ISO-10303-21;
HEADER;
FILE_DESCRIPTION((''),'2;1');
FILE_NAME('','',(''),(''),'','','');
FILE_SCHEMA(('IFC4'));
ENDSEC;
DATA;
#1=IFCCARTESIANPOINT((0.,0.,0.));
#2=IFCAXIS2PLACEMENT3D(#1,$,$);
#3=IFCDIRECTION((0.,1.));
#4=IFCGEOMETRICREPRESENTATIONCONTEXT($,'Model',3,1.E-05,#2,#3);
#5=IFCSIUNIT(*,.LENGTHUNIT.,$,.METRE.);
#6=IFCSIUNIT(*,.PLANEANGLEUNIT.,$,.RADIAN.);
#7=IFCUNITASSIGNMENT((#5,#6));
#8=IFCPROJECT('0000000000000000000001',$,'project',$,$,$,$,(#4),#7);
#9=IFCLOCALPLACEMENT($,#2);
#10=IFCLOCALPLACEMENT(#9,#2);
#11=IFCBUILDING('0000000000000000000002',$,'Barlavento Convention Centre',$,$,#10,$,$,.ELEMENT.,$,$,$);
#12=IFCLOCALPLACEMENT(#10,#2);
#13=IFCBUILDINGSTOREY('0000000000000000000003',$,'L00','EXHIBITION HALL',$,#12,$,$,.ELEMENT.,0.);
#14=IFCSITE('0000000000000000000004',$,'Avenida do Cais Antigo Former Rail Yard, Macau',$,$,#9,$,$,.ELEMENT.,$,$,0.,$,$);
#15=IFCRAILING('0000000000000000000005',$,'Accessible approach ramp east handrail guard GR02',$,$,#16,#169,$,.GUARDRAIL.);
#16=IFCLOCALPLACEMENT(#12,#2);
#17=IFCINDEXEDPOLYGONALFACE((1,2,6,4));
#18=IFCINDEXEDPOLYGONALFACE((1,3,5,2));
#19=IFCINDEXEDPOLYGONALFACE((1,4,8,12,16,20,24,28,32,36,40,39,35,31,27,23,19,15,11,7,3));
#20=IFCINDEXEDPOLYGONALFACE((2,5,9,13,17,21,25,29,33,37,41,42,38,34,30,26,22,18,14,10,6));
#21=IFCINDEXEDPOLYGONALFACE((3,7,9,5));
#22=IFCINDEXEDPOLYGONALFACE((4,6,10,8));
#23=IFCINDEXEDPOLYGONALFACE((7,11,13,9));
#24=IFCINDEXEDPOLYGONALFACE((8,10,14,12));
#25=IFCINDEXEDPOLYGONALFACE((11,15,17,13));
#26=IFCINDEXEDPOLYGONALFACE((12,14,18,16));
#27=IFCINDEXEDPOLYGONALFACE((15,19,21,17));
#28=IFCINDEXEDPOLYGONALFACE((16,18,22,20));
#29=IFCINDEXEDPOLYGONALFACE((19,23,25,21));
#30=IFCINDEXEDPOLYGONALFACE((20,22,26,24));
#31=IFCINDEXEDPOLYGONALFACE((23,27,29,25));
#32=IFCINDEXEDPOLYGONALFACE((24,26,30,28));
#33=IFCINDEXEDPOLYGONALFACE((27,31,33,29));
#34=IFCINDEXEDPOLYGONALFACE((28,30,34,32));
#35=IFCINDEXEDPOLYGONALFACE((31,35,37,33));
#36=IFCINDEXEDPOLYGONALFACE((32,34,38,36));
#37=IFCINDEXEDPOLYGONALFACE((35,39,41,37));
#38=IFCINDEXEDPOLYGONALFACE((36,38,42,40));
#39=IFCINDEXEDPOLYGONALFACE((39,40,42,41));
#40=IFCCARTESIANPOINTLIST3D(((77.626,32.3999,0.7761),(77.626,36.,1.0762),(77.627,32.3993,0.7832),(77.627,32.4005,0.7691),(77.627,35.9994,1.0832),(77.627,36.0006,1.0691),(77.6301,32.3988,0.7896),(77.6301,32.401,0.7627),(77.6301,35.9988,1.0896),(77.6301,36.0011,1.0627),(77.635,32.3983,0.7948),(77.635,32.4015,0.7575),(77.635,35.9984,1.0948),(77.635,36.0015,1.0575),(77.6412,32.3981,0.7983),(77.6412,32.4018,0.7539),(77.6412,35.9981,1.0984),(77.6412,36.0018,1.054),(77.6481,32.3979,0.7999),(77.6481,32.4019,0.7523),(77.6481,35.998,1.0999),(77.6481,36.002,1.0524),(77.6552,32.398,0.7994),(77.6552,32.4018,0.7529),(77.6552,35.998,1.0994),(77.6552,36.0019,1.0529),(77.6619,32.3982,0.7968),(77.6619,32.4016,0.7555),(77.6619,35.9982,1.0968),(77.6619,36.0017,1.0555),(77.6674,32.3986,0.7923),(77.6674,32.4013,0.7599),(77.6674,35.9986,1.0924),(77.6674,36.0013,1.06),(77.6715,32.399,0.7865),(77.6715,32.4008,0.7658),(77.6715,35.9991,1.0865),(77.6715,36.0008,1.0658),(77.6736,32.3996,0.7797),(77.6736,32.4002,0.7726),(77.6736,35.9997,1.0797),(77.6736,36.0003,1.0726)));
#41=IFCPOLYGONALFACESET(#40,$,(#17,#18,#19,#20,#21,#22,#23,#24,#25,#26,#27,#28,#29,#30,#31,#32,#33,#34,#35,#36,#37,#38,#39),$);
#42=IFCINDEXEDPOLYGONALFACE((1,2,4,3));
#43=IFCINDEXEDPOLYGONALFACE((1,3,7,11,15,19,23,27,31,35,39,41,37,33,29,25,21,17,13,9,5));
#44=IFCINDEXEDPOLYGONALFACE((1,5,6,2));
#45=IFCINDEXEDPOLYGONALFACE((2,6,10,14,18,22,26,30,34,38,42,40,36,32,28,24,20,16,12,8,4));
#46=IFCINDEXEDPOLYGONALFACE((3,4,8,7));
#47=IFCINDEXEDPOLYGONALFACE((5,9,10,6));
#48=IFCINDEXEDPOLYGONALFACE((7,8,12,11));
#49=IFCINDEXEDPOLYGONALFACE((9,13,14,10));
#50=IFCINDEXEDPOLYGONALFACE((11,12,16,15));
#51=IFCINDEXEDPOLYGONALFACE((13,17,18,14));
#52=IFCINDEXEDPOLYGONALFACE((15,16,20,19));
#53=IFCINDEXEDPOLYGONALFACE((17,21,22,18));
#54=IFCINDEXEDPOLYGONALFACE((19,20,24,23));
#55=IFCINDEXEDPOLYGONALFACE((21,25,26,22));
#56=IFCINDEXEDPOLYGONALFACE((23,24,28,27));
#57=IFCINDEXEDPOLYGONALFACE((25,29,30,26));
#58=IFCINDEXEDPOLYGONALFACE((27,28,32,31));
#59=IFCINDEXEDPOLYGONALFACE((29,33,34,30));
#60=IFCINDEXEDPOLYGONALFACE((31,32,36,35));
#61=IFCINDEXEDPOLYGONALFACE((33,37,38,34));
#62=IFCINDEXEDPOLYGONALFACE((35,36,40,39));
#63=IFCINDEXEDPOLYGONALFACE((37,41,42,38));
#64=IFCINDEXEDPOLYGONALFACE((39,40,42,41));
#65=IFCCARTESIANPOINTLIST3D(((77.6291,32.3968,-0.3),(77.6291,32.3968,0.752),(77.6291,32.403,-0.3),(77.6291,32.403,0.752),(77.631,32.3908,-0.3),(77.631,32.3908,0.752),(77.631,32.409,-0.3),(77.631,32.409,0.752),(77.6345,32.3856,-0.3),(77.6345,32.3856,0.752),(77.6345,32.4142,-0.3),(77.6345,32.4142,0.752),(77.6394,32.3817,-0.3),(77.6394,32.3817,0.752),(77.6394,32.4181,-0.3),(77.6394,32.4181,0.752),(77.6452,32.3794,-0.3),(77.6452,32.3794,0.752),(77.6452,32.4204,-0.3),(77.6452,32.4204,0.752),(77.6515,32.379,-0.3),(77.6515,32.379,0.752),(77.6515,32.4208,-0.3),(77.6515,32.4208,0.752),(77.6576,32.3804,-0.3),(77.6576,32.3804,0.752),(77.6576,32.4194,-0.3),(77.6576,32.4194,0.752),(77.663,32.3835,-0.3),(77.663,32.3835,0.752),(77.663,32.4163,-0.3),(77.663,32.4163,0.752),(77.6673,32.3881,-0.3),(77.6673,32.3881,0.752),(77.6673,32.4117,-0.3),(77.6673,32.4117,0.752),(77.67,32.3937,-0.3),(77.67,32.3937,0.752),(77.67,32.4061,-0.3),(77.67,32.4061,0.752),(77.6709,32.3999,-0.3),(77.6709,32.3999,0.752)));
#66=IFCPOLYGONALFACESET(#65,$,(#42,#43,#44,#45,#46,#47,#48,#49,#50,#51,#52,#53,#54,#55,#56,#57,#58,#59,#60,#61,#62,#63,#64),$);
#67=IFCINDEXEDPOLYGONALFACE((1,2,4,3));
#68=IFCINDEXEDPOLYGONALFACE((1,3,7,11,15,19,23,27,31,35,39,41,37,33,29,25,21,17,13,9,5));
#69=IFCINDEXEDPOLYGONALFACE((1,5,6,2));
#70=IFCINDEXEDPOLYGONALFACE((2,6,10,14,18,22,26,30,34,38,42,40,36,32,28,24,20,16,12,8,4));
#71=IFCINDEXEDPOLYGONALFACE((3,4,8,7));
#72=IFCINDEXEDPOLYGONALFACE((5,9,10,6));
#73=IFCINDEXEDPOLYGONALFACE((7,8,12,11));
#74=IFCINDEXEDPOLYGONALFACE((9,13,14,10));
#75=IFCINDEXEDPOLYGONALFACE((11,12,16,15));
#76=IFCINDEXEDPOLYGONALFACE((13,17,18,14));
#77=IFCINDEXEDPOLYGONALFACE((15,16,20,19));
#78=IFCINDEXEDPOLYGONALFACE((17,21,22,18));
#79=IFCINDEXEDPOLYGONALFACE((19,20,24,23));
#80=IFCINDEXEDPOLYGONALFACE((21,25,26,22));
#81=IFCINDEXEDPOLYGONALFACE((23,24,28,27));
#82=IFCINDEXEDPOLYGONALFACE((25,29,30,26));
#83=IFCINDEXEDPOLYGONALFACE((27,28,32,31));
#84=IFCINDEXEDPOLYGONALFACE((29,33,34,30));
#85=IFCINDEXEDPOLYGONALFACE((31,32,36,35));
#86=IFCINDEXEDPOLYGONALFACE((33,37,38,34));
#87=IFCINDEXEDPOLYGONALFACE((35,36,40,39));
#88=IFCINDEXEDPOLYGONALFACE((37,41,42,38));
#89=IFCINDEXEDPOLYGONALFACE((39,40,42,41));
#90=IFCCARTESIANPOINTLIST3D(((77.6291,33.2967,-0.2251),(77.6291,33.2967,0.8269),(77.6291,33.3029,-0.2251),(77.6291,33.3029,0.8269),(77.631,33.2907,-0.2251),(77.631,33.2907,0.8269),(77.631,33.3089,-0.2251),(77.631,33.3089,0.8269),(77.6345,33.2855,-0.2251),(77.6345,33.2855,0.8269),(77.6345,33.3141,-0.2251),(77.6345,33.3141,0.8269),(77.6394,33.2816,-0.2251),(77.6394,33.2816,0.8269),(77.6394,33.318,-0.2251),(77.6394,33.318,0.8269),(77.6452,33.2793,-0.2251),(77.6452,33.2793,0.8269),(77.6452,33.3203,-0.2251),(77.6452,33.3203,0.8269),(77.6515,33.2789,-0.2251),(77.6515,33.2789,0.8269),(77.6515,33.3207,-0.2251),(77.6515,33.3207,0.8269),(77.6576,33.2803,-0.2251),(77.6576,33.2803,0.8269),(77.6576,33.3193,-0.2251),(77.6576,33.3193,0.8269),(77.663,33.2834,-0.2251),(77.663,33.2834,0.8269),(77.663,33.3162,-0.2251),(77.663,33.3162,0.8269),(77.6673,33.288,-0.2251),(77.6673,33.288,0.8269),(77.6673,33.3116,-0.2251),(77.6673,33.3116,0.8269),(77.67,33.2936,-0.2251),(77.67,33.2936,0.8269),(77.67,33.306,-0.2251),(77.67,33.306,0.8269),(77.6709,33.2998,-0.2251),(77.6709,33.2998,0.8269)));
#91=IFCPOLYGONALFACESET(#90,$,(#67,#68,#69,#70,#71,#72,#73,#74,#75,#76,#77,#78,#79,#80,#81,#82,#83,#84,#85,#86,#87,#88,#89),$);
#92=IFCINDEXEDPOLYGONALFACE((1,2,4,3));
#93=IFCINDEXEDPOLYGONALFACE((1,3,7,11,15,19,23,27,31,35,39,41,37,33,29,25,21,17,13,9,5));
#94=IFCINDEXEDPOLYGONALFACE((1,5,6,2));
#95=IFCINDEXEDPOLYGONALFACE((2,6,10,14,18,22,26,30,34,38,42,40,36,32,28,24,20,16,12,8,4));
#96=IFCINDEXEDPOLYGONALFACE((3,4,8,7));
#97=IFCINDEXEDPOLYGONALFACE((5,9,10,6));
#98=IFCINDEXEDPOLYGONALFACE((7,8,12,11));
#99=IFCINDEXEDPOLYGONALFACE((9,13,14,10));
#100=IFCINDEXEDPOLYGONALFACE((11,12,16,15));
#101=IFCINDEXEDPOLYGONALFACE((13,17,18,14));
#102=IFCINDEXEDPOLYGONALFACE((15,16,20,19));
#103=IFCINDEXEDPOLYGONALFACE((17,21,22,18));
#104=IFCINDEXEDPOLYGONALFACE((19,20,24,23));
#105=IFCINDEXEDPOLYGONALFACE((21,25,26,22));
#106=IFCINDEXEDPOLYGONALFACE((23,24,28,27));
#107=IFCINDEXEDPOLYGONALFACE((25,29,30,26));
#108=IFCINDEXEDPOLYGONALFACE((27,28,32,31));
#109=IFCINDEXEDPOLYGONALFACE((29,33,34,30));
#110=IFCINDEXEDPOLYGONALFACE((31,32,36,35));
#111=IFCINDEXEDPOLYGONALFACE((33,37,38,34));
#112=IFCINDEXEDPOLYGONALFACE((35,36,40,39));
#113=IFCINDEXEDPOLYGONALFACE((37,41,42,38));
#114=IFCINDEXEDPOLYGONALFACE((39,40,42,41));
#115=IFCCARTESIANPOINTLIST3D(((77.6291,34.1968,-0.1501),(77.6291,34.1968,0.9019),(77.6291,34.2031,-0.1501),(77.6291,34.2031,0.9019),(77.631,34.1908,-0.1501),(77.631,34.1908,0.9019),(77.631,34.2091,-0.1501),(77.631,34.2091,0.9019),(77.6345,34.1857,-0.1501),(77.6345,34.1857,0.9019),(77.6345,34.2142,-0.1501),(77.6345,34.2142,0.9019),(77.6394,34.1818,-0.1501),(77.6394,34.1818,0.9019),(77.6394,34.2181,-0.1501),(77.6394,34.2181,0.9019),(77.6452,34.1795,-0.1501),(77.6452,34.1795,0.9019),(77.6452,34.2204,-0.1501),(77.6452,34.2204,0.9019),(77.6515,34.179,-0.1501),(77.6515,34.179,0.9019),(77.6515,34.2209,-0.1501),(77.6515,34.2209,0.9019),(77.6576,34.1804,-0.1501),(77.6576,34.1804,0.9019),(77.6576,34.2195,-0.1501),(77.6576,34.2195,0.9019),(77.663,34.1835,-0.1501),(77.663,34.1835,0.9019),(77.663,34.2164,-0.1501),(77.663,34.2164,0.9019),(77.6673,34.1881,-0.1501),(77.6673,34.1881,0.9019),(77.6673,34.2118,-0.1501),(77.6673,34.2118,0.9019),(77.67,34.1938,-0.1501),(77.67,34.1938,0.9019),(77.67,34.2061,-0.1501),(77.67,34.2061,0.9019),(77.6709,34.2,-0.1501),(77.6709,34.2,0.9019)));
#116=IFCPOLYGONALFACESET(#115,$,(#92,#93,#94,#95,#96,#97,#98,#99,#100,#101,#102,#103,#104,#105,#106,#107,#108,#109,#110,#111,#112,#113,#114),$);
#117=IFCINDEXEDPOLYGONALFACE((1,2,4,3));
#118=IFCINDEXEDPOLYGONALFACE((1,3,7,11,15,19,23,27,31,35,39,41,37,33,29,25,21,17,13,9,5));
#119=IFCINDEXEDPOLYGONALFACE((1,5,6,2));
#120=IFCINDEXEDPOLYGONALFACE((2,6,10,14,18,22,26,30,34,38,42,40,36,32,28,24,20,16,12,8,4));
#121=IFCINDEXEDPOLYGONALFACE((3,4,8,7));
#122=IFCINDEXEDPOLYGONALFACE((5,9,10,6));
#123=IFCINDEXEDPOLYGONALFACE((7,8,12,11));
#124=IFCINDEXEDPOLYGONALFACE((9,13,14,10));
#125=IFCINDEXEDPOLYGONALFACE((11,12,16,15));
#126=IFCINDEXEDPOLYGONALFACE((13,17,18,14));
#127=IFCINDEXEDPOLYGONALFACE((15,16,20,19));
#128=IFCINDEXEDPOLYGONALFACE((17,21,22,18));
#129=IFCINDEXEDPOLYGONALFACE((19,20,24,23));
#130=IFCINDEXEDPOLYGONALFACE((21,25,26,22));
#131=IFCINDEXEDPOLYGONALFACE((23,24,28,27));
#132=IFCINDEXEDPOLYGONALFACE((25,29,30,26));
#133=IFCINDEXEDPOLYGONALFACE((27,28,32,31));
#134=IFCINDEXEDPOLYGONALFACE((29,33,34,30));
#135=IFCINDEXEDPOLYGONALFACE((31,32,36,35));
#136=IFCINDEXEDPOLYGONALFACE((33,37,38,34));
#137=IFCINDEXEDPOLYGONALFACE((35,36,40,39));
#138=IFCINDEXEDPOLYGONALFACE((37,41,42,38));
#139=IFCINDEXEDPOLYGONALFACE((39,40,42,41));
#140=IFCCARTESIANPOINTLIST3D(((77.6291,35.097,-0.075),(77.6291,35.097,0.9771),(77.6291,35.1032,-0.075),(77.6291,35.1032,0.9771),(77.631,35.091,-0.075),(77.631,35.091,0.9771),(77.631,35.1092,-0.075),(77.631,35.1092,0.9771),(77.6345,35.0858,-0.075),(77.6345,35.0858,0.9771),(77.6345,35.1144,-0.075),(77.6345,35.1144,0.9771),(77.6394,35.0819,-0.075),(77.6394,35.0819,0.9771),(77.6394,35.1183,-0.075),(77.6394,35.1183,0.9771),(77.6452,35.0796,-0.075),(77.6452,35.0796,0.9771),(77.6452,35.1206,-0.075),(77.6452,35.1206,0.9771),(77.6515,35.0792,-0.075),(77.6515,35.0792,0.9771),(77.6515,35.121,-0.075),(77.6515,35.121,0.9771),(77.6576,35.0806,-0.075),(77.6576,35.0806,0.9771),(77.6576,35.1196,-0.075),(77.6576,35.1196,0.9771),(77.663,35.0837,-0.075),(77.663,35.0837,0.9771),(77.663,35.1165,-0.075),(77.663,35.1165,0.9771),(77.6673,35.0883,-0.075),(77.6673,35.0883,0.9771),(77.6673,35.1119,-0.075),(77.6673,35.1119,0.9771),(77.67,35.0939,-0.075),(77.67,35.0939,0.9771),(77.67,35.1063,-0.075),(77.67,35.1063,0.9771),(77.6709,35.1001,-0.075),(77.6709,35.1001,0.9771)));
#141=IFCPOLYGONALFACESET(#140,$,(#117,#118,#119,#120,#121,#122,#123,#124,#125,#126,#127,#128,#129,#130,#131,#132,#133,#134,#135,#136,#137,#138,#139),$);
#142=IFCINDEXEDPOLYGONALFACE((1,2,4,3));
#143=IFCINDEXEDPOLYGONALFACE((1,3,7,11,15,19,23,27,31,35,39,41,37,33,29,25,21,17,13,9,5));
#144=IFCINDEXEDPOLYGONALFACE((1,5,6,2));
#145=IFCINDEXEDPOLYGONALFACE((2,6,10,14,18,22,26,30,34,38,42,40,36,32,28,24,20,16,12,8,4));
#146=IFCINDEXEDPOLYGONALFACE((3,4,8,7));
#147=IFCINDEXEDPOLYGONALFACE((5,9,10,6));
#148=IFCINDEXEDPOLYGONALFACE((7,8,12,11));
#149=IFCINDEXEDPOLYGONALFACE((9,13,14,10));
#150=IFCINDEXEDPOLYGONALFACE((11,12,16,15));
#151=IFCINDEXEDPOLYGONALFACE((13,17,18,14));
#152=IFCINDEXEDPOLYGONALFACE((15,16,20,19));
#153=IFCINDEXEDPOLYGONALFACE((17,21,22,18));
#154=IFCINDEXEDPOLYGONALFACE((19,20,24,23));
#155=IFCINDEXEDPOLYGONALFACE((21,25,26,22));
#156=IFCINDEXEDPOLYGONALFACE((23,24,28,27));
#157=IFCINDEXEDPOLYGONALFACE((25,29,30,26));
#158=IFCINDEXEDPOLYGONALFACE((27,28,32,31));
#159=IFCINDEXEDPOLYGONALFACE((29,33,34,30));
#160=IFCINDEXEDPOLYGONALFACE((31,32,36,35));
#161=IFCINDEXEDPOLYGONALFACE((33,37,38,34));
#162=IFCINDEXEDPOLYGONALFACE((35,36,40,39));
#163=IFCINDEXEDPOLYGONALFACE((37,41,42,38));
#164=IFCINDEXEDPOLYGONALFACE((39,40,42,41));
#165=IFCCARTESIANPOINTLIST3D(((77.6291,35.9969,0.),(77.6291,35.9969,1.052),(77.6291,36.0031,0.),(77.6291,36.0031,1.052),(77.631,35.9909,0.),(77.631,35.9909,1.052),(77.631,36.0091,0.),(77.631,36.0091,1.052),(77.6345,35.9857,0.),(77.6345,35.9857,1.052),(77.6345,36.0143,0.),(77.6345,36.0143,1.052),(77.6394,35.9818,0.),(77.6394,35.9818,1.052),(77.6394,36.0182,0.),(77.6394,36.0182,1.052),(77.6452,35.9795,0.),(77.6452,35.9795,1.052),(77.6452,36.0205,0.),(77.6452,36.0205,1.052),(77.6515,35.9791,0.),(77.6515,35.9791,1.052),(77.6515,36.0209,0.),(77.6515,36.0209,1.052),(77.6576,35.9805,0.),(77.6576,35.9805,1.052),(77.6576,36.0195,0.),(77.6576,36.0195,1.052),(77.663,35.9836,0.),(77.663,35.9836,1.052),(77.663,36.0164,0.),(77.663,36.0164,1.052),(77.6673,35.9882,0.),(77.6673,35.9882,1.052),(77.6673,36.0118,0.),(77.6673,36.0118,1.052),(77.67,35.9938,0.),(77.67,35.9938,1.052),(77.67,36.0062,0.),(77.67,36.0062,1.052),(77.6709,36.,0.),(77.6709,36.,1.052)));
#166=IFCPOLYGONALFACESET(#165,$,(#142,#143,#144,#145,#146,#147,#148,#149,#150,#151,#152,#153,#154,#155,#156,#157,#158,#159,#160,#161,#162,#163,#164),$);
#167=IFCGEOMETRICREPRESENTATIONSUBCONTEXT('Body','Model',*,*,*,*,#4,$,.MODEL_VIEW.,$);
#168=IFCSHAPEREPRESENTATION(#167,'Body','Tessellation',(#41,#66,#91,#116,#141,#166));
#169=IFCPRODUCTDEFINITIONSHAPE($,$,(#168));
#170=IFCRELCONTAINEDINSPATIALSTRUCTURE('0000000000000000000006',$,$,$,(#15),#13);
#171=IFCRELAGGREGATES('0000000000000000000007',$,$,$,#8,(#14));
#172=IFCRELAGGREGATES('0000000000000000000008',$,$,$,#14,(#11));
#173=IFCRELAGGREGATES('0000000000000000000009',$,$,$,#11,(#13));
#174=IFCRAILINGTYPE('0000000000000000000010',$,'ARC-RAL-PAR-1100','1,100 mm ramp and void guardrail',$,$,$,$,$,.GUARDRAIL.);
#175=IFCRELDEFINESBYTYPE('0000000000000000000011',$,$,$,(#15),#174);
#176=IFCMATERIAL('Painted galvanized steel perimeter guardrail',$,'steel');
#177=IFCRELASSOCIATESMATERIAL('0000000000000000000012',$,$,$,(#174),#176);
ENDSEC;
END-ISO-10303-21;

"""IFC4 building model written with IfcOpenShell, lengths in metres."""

from ifc_helpers import new_model, si_unit, direction, frame, origin, origin_2d, place, context, subcontext, project, spatial, circle, extrude, material, type_object, element, save


model = new_model("IFC4")

# Units and contexts
model_context = context("Model", 3, precision=1e-05, world=origin(), true_north=direction((0.0, 1.0)))
body_context = subcontext(model_context, "Body", "Model", "MODEL_VIEW")
ifc_project = project(units=[si_unit("LENGTHUNIT", "METRE"), si_unit("PLANEANGLEUNIT", "RADIAN")], contexts=[model_context])

# Site, building, storey
site_placement = place(None, origin())
site = spatial("IfcSite", under=ifc_project, at=site_placement, Name="Avenida do Cais Antigo Former Rail Yard, Macau", CompositionType="ELEMENT", RefElevation=0.0)
building_placement = place(site_placement, origin())
building = spatial("IfcBuilding", under=site, at=building_placement, Name="Barlavento Convention Centre", CompositionType="ELEMENT")
storey_placement = place(building_placement, origin())
storey = spatial("IfcBuildingStorey", under=building, at=storey_placement, Name="L00", Description="EXHIBITION HALL", CompositionType="ELEMENT", Elevation=0.0)

# Railing
ifc_material_1 = material(Name="Painted galvanized steel perimeter guardrail", Category="steel")
railing_type = type_object("IfcRailingType", Name="ARC-RAL-PAR-1100", Description="1,100 mm ramp and void guardrail", PredefinedType="GUARDRAIL", material=ifc_material_1)
for number, where, name in (
    (1, (77.6499, 32.3999, -0.3), "Accessible approach ramp east handrail guard GR02"),
):
    element("IfcRailing", number, at=place(storey_placement, frame(where)), inside=storey, type_object=railing_type, Name=name, PredefinedType="GUARDRAIL", context=body_context, shape_type="SweptSolid", body=[
        extrude(circle(Radius=0.0239, at=origin_2d()), frame((0.0, 0.0, 1.0762), z_axis=(0.0, 0.996545, 0.083057), x_axis=(-1.0, 0.0, 0.0)), (0.0, 0.0, 1.0), 3.6125),
        extrude(circle(Radius=0.021, at=origin_2d()), origin(), (0.0, 0.0, 1.0), 1.052),
        extrude(circle(Radius=0.021, at=origin_2d()), frame((0.0, 0.8999, 0.075)), (0.0, 0.0, 1.0), 1.052),
        extrude(circle(Radius=0.021, at=origin_2d()), frame((0.0, 1.8, 0.1499)), (0.0, 0.0, 1.0), 1.052),
        extrude(circle(Radius=0.021, at=origin_2d()), frame((0.0, 2.7002, 0.2251)), (0.0, 0.0, 1.0), 1.052),
        extrude(circle(Radius=0.021, at=origin_2d()), frame((0.0, 3.6001, 0.3)), (0.0, 0.0, 1.0), 1.052),
    ])

save(model, "model.ifc")
